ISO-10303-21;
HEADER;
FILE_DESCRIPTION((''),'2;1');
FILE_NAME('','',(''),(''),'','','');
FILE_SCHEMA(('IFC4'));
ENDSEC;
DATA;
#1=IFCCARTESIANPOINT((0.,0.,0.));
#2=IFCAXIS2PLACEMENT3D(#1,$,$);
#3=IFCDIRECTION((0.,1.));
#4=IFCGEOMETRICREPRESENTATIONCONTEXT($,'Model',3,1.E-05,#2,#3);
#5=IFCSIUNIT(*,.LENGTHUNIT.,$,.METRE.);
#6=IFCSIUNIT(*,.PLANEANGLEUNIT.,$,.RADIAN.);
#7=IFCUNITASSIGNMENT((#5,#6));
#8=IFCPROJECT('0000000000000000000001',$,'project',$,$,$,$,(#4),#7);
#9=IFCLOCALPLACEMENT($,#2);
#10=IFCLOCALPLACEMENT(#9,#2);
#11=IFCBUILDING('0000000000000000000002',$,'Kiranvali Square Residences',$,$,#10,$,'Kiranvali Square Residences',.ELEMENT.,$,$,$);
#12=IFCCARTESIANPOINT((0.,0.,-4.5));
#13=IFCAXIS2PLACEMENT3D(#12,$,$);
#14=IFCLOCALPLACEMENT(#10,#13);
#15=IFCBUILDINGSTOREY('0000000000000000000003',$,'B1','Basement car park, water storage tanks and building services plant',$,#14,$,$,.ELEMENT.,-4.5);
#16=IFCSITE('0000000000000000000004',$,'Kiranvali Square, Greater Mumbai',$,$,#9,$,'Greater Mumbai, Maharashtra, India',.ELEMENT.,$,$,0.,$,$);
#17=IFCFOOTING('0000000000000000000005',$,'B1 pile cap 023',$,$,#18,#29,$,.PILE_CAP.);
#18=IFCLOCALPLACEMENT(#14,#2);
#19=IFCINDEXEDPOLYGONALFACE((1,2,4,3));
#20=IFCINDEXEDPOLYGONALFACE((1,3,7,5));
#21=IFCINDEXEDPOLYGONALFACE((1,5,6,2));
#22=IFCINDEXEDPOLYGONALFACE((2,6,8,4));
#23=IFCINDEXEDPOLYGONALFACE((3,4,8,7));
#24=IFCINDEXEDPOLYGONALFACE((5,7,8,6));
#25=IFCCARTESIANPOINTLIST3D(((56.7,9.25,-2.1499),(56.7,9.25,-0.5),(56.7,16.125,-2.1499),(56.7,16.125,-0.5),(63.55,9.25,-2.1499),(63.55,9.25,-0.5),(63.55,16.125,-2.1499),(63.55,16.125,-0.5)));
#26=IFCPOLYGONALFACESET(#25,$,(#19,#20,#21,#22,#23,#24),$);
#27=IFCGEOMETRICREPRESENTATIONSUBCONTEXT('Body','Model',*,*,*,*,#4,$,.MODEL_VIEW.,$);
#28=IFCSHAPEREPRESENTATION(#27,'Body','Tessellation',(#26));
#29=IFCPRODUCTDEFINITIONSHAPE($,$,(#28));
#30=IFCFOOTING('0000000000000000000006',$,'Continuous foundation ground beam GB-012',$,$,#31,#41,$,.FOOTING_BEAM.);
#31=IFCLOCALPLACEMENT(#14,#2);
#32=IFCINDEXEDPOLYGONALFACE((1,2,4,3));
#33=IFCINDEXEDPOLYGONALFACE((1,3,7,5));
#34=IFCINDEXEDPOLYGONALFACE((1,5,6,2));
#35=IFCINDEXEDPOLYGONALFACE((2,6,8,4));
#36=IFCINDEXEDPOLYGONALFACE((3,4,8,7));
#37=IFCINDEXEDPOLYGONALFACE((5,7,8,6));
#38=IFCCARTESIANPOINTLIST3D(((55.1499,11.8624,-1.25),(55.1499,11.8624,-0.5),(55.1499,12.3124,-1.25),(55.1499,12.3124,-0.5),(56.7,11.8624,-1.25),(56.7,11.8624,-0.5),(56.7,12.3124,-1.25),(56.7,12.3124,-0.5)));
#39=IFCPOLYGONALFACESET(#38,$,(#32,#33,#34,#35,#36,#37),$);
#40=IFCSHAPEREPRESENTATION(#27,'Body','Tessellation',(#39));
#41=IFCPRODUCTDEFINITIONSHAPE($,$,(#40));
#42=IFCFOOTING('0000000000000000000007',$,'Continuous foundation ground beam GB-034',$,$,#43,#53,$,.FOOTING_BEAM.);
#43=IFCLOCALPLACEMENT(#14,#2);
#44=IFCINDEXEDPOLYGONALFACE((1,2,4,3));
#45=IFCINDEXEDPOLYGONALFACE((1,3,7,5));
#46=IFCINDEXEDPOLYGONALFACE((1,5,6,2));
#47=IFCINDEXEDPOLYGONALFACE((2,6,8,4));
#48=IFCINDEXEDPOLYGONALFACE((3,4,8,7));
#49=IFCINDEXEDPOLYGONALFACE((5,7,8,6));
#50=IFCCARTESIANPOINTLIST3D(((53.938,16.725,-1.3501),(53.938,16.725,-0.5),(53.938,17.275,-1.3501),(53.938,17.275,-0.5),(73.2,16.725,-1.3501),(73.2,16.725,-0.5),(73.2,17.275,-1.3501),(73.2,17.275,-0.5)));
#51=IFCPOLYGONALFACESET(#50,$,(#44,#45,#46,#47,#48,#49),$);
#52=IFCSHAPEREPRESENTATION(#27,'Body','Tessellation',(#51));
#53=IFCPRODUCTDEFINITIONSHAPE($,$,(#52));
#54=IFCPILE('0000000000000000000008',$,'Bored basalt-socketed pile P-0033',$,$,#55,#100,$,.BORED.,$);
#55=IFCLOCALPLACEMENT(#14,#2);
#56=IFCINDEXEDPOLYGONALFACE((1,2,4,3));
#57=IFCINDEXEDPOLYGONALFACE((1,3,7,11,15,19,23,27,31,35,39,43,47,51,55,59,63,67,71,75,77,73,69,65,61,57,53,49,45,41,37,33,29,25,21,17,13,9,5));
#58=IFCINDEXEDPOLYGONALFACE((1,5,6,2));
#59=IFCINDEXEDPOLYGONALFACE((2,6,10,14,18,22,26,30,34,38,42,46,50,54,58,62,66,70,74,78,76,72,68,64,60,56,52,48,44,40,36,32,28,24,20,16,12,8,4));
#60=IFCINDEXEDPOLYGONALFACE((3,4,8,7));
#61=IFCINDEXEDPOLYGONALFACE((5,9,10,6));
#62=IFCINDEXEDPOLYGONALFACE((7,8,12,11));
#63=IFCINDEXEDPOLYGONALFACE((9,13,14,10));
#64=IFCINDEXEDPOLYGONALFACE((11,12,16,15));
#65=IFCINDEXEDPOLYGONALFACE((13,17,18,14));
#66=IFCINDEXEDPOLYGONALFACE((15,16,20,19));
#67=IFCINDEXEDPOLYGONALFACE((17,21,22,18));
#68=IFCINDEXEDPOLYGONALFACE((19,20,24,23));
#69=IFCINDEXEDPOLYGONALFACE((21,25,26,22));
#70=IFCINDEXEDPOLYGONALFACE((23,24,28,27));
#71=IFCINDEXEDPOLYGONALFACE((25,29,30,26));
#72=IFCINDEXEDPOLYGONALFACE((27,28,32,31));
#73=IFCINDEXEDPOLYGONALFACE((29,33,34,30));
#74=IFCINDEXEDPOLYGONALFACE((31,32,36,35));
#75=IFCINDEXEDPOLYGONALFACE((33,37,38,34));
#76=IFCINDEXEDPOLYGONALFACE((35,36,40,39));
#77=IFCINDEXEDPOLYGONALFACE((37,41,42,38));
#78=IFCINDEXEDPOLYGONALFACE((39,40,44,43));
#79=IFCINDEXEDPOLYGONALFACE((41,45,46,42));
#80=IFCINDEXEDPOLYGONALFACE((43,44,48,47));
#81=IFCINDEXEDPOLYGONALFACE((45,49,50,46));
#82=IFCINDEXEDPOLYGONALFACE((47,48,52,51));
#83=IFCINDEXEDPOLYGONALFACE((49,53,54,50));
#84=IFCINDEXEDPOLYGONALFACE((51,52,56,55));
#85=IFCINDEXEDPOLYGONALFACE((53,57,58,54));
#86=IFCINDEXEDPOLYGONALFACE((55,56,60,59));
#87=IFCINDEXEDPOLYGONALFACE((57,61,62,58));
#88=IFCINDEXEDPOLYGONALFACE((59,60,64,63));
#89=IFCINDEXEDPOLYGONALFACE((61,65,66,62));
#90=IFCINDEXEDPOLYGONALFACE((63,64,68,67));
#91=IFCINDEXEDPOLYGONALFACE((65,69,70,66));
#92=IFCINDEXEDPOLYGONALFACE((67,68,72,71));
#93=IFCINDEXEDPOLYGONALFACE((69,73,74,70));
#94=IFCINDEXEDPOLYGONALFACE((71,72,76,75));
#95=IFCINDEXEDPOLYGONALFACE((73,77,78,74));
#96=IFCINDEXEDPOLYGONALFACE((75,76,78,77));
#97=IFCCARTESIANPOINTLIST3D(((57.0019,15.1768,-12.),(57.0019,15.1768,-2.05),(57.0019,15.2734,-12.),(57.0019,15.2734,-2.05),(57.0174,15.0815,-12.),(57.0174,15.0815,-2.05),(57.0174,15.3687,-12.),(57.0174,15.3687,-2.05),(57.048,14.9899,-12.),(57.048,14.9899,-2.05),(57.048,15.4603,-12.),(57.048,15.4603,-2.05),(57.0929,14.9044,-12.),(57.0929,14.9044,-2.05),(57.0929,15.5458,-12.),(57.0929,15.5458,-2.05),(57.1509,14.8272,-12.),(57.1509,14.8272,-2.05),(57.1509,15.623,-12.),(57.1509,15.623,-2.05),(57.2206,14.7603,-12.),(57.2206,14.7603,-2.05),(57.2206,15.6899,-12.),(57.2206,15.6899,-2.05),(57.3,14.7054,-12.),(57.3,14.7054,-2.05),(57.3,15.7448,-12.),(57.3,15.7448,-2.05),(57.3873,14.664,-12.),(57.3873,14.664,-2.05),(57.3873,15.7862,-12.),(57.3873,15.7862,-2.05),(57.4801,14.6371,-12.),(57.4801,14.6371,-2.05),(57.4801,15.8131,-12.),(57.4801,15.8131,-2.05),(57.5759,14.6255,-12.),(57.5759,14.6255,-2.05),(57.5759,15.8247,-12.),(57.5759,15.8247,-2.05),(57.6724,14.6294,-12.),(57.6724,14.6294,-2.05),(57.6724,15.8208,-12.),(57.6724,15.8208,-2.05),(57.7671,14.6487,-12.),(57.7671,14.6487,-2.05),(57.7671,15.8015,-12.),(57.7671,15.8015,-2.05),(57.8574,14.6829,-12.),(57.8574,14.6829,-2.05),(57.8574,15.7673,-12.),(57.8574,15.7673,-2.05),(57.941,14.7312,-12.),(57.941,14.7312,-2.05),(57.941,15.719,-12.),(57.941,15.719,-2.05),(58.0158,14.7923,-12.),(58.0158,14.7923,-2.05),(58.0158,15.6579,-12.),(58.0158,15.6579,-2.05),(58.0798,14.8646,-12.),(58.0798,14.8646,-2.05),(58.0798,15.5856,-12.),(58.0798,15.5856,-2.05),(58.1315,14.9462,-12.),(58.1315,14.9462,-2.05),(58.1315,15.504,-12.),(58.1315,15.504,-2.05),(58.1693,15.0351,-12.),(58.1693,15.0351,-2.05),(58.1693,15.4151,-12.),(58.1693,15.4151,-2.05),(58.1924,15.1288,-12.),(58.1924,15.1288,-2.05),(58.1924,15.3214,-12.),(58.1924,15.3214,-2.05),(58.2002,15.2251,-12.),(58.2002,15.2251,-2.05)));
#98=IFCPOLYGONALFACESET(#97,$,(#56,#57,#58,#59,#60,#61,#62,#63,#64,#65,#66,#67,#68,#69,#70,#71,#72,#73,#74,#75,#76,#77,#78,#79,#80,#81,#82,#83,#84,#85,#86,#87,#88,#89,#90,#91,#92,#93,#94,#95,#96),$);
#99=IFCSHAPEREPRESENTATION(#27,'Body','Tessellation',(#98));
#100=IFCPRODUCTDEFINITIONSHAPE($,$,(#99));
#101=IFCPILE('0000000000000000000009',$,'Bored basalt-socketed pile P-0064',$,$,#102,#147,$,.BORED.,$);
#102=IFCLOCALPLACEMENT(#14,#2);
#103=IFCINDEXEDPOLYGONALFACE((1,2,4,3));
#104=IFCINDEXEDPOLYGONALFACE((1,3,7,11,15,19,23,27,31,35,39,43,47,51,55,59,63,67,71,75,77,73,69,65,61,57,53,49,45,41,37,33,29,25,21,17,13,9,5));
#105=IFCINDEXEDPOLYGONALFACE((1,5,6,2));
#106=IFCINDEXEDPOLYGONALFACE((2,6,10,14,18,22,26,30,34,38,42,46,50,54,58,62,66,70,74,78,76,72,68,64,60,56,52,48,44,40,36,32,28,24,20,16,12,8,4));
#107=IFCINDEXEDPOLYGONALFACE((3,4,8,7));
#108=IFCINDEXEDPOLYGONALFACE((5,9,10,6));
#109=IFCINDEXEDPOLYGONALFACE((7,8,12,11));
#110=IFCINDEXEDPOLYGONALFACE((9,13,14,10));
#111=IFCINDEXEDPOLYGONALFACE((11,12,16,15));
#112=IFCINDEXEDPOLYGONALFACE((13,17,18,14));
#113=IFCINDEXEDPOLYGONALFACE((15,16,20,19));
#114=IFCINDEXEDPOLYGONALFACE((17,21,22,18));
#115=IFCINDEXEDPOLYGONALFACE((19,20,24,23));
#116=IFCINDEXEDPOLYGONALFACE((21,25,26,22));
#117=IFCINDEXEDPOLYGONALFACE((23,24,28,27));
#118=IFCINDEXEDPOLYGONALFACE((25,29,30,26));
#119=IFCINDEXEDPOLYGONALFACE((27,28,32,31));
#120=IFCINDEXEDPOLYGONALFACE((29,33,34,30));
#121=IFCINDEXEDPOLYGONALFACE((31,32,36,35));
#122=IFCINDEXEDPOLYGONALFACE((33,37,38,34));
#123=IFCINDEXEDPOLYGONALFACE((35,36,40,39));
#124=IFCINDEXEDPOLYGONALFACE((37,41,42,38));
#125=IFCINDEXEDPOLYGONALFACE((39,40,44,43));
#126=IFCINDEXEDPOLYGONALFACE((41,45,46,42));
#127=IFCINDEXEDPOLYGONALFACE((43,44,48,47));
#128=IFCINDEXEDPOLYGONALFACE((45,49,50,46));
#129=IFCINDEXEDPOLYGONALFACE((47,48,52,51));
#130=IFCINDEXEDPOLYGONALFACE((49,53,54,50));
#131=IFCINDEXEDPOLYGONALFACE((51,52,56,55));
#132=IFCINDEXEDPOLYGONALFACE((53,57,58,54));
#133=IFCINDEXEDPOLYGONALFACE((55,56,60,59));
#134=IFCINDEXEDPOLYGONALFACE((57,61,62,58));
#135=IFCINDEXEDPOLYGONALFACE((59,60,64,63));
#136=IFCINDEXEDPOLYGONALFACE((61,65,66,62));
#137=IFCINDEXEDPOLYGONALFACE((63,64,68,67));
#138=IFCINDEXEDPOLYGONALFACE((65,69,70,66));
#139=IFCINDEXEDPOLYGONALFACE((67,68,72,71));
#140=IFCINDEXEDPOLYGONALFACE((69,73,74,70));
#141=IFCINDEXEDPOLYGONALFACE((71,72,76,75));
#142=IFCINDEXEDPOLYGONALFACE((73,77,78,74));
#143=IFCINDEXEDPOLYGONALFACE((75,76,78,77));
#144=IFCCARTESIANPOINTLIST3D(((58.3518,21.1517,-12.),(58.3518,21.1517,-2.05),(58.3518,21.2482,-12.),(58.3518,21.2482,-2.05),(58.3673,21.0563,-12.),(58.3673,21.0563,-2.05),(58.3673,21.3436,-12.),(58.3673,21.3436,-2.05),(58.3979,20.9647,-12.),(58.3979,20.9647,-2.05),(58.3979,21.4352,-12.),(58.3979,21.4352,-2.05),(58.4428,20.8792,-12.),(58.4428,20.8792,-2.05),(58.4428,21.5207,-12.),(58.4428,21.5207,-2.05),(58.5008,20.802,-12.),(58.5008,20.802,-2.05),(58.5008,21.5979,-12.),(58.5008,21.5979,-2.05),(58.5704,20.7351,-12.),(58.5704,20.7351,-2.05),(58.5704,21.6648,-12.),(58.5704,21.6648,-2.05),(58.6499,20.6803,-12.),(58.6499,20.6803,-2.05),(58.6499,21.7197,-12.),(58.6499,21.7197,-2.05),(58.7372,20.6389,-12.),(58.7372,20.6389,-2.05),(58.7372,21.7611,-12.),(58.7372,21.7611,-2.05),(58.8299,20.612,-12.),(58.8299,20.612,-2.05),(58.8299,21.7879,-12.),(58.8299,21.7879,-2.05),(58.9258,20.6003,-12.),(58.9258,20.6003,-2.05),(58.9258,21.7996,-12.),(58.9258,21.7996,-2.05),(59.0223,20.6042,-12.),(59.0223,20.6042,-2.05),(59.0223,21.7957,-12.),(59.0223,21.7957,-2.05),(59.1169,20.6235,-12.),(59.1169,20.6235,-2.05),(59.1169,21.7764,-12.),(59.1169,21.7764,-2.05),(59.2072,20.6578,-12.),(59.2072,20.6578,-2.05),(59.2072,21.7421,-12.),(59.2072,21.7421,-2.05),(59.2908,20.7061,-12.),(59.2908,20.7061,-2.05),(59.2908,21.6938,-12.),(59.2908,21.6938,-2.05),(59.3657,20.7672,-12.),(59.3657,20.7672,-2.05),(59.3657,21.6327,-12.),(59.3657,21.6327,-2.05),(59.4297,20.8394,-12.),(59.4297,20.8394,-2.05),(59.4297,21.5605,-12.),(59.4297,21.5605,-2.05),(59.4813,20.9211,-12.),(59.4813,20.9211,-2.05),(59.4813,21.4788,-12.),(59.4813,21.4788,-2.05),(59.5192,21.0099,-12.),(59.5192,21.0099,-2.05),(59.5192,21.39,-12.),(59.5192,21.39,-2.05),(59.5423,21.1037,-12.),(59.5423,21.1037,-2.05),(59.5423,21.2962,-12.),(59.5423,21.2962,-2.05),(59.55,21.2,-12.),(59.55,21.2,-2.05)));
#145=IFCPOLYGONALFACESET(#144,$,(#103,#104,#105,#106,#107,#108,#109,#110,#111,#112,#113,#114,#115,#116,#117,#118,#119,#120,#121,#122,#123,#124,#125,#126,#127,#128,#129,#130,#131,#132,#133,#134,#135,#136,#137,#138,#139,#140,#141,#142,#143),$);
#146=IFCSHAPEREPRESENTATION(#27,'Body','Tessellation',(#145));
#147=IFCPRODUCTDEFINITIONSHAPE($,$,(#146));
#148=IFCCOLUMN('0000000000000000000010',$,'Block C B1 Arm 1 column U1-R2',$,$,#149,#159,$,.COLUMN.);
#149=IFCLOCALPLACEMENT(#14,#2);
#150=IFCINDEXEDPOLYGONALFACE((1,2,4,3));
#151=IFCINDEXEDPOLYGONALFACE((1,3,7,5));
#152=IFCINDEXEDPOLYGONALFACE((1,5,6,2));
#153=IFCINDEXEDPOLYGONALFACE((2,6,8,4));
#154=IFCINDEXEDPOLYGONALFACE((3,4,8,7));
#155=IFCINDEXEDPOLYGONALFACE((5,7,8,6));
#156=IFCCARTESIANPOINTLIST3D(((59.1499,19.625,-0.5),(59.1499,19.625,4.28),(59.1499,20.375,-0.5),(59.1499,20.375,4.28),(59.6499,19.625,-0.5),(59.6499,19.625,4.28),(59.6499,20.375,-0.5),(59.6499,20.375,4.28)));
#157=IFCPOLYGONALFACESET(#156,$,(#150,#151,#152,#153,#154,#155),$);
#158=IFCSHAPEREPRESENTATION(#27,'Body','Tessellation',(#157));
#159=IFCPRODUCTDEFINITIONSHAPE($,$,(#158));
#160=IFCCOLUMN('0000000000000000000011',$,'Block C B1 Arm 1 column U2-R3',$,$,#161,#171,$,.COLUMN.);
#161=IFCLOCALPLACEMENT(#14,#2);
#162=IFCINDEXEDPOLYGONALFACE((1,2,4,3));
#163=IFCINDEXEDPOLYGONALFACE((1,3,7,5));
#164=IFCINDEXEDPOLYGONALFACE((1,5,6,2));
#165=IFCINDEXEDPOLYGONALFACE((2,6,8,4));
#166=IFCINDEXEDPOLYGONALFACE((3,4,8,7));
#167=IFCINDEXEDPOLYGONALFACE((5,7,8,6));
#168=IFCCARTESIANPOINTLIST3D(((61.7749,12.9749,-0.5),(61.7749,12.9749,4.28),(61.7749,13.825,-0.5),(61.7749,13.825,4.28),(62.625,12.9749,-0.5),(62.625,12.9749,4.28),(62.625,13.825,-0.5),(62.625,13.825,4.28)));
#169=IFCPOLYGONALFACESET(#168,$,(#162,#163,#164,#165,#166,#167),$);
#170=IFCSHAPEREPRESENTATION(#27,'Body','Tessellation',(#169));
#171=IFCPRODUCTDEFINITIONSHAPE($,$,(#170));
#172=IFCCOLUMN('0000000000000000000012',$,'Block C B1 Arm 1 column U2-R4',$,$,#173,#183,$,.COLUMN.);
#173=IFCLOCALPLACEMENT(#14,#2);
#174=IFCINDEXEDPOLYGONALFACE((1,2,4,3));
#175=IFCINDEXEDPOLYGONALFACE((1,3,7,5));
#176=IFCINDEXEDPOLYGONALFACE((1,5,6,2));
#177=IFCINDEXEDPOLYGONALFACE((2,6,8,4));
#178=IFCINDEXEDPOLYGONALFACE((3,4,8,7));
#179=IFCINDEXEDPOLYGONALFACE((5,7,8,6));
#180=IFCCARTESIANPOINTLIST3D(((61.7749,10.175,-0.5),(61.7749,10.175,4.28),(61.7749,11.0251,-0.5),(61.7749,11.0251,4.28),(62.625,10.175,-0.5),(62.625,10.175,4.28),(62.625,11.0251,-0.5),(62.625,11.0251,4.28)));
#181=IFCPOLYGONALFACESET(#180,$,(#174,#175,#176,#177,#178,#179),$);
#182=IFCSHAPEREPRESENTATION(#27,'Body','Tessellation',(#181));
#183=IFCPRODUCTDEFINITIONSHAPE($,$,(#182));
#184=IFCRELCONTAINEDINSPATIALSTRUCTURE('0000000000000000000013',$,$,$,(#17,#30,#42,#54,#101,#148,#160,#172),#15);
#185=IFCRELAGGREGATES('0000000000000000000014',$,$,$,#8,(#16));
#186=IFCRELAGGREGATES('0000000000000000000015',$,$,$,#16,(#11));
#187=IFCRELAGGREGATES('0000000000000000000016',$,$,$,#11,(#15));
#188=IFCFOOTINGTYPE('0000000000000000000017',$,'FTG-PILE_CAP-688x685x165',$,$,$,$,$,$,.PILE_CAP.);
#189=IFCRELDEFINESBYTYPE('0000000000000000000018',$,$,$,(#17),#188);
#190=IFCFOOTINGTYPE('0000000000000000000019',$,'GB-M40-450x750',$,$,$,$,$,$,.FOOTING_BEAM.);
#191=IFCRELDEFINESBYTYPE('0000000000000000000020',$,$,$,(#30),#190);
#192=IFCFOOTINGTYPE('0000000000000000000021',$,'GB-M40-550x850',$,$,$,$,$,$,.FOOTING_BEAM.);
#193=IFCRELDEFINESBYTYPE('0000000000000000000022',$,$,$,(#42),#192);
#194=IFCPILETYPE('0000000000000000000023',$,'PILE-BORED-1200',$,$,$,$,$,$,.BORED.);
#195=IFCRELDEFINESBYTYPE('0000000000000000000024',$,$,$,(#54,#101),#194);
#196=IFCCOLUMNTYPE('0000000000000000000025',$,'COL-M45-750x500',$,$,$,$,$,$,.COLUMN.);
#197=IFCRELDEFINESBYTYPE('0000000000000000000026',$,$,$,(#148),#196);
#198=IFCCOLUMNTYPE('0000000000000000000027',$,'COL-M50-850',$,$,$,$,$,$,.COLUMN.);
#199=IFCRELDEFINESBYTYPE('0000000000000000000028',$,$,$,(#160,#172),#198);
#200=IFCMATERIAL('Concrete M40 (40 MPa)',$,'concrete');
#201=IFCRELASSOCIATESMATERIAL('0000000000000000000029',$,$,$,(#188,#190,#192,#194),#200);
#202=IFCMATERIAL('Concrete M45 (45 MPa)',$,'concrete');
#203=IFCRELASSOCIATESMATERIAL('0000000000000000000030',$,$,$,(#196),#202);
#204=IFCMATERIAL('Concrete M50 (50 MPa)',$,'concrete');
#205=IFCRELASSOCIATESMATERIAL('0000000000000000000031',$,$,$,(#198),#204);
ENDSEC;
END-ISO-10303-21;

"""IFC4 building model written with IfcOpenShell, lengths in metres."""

from ifc_helpers import new_model, si_unit, direction, frame, origin, origin_2d, place, context, subcontext, project, spatial, rectangle, circle, extrude, material, material_profile, profile_set, type_object, element, save


model = new_model("IFC4")

# Units and contexts
model_context = context("Model", 3, precision=1e-05, world=origin(), true_north=direction((0.0, 1.0)))
body_context = subcontext(model_context, "Body", "Model", "MODEL_VIEW")
ifc_project = project(units=[si_unit("LENGTHUNIT", "METRE"), si_unit("PLANEANGLEUNIT", "RADIAN")], contexts=[model_context])

# Site, building, storey
site_placement = place(None, origin())
site = spatial("IfcSite", under=ifc_project, at=site_placement, Name="Kiranvali Square, Greater Mumbai", LongName="Greater Mumbai, Maharashtra, India", CompositionType="ELEMENT", RefElevation=0.0)
building_placement = place(site_placement, origin())
building = spatial("IfcBuilding", under=site, at=building_placement, Name="Kiranvali Square Residences", LongName="Kiranvali Square Residences", CompositionType="ELEMENT")
storey_placement = place(building_placement, frame((0.0, 0.0, -4.5)))
storey = spatial("IfcBuildingStorey", under=building, at=storey_placement, Name="B1", Description="Basement car park, water storage tanks and building services plant", CompositionType="ELEMENT", Elevation=-4.5)

# Footings
ifc_material_1 = material(Name="Concrete M40 (40 MPa)", Category="concrete")
footing_type_1 = type_object("IfcFootingType", Name="FTG-PILE_CAP-688x685x165", PredefinedType="PILE_CAP", material=ifc_material_1)
footing_1_placement = place(storey_placement, frame((60.125, 12.6875, -2.1499), z_axis=(0.0, 0.0, 1.0), x_axis=(0.0, 1.0, 0.0)))
element("IfcFooting", 1, at=footing_1_placement, inside=storey, type_object=footing_type_1, Name="B1 pile cap 023", PredefinedType="PILE_CAP", context=body_context, shape_type="SweptSolid", body=[
    extrude(rectangle(XDim=6.875, YDim=6.8501, at=origin_2d()), origin(), (0.0, 0.0, 1.0), 1.6499),
])
ifc_material_profile_1 = material_profile(ifc_material_1, rectangle(XDim=0.45, YDim=0.75, at=origin_2d()), Name="GB 450x750")
ifc_profile_set_1 = profile_set([ifc_material_profile_1], Name="Concrete M40 (40 MPa)")
footing_type_2 = type_object("IfcFootingType", Name="GB-M40-450x750", PredefinedType="FOOTING_BEAM", material=ifc_profile_set_1)
footing_2_placement = place(storey_placement, frame((55.1499, 12.0874, -0.875), z_axis=(1.0, 0.0, 0.0), x_axis=(0.0, 1.0, 0.0)))
element("IfcFooting", 2, at=footing_2_placement, inside=storey, type_object=footing_type_2, Name="Continuous foundation ground beam GB-012", PredefinedType="FOOTING_BEAM", context=body_context, shape_type="SweptSolid", body=[
    extrude(rectangle(XDim=0.45, YDim=0.75, at=origin_2d()), origin(), (0.0, 0.0, 1.0), 1.55),
])
ifc_material_profile_2 = material_profile(ifc_material_1, rectangle(XDim=0.55, YDim=0.8501, at=origin_2d()), Name="GB 550x850")
ifc_profile_set_2 = profile_set([ifc_material_profile_2], Name="Concrete M40 (40 MPa)")
footing_type_3 = type_object("IfcFootingType", Name="GB-M40-550x850", PredefinedType="FOOTING_BEAM", material=ifc_profile_set_2)
footing_3_placement = place(storey_placement, frame((53.938, 17.0, -0.925), z_axis=(1.0, 0.0, 0.0), x_axis=(0.0, 1.0, 0.0)))
element("IfcFooting", 3, at=footing_3_placement, inside=storey, type_object=footing_type_3, Name="Continuous foundation ground beam GB-034", PredefinedType="FOOTING_BEAM", context=body_context, shape_type="SweptSolid", body=[
    extrude(rectangle(XDim=0.55, YDim=0.8501, at=origin_2d()), origin(), (0.0, 0.0, 1.0), 19.262),
])

# Piles
ifc_material_profile_3 = material_profile(ifc_material_1, circle(Radius=0.6001, at=origin_2d()), Name="BORED PILE 1200")
ifc_profile_set_3 = profile_set([ifc_material_profile_3], Name="Concrete M40 (40 MPa)")
pile_type = type_object("IfcPileType", Name="PILE-BORED-1200", PredefinedType="BORED", material=ifc_profile_set_3)
for number, where, z_axis, x_axis, name in (
    (4, (57.6001, 15.2251, -2.05), (0.0, 0.0, -1.0), (1.0, 0.0, 0.0), "Bored basalt-socketed pile P-0033"),
    (5, (58.95, 21.2, -2.05), (0.0, 0.0, -1.0), (1.0, 0.0, 0.0), "Bored basalt-socketed pile P-0064"),
):
    element("IfcPile", number, at=place(storey_placement, frame(where, z_axis=z_axis, x_axis=x_axis)), inside=storey, type_object=pile_type, Name=name, PredefinedType="BORED", context=body_context, shape_type="SweptSolid", body=[
        extrude(circle(Radius=0.6001, at=origin_2d()), origin(), (0.0, 0.0, 1.0), 9.95),
    ])

# Columns
ifc_material_2 = material(Name="Concrete M45 (45 MPa)", Category="concrete")
ifc_material_profile_4 = material_profile(ifc_material_2, rectangle(XDim=0.5, YDim=0.75, at=origin_2d()), Name="RC 750x500")
ifc_profile_set_4 = profile_set([ifc_material_profile_4], Name="Concrete M45 (45 MPa)")
column_type_1 = type_object("IfcColumnType", Name="COL-M45-750x500", PredefinedType="COLUMN", material=ifc_profile_set_4)
column_placement = place(storey_placement, frame((59.3999, 20.0, -0.5), z_axis=(0.0, 0.0, 1.0), x_axis=(1.0, 0.0, 0.0)))
element("IfcColumn", 6, at=column_placement, inside=storey, type_object=column_type_1, Name="Block C B1 Arm 1 column U1-R2", PredefinedType="COLUMN", context=body_context, shape_type="SweptSolid", body=[
    extrude(rectangle(XDim=0.5, YDim=0.75, at=origin_2d()), origin(), (0.0, 0.0, 1.0), 4.78),
])
ifc_material_3 = material(Name="Concrete M50 (50 MPa)", Category="concrete")
ifc_material_profile_5 = material_profile(ifc_material_3, rectangle(XDim=0.8501, YDim=0.8501, at=origin_2d()), Name="RC 850x850")
ifc_profile_set_5 = profile_set([ifc_material_profile_5], Name="Concrete M50 (50 MPa)")
column_type_2 = type_object("IfcColumnType", Name="COL-M50-850", PredefinedType="COLUMN", material=ifc_profile_set_5)
for number, where, z_axis, x_axis, name in (
    (7, (62.2, 13.3999, -0.5), (0.0, 0.0, 1.0), (1.0, 0.0, 0.0), "Block C B1 Arm 1 column U2-R3"),
    (8, (62.2, 10.6001, -0.5), (0.0, 0.0, 1.0), (1.0, 0.0, 0.0), "Block C B1 Arm 1 column U2-R4"),
):
    element("IfcColumn", number, at=place(storey_placement, frame(where, z_axis=z_axis, x_axis=x_axis)), inside=storey, type_object=column_type_2, Name=name, PredefinedType="COLUMN", context=body_context, shape_type="SweptSolid", body=[
        extrude(rectangle(XDim=0.8501, YDim=0.8501, at=origin_2d()), origin(), (0.0, 0.0, 1.0), 4.78),
    ])

save(model, "model.ifc")
